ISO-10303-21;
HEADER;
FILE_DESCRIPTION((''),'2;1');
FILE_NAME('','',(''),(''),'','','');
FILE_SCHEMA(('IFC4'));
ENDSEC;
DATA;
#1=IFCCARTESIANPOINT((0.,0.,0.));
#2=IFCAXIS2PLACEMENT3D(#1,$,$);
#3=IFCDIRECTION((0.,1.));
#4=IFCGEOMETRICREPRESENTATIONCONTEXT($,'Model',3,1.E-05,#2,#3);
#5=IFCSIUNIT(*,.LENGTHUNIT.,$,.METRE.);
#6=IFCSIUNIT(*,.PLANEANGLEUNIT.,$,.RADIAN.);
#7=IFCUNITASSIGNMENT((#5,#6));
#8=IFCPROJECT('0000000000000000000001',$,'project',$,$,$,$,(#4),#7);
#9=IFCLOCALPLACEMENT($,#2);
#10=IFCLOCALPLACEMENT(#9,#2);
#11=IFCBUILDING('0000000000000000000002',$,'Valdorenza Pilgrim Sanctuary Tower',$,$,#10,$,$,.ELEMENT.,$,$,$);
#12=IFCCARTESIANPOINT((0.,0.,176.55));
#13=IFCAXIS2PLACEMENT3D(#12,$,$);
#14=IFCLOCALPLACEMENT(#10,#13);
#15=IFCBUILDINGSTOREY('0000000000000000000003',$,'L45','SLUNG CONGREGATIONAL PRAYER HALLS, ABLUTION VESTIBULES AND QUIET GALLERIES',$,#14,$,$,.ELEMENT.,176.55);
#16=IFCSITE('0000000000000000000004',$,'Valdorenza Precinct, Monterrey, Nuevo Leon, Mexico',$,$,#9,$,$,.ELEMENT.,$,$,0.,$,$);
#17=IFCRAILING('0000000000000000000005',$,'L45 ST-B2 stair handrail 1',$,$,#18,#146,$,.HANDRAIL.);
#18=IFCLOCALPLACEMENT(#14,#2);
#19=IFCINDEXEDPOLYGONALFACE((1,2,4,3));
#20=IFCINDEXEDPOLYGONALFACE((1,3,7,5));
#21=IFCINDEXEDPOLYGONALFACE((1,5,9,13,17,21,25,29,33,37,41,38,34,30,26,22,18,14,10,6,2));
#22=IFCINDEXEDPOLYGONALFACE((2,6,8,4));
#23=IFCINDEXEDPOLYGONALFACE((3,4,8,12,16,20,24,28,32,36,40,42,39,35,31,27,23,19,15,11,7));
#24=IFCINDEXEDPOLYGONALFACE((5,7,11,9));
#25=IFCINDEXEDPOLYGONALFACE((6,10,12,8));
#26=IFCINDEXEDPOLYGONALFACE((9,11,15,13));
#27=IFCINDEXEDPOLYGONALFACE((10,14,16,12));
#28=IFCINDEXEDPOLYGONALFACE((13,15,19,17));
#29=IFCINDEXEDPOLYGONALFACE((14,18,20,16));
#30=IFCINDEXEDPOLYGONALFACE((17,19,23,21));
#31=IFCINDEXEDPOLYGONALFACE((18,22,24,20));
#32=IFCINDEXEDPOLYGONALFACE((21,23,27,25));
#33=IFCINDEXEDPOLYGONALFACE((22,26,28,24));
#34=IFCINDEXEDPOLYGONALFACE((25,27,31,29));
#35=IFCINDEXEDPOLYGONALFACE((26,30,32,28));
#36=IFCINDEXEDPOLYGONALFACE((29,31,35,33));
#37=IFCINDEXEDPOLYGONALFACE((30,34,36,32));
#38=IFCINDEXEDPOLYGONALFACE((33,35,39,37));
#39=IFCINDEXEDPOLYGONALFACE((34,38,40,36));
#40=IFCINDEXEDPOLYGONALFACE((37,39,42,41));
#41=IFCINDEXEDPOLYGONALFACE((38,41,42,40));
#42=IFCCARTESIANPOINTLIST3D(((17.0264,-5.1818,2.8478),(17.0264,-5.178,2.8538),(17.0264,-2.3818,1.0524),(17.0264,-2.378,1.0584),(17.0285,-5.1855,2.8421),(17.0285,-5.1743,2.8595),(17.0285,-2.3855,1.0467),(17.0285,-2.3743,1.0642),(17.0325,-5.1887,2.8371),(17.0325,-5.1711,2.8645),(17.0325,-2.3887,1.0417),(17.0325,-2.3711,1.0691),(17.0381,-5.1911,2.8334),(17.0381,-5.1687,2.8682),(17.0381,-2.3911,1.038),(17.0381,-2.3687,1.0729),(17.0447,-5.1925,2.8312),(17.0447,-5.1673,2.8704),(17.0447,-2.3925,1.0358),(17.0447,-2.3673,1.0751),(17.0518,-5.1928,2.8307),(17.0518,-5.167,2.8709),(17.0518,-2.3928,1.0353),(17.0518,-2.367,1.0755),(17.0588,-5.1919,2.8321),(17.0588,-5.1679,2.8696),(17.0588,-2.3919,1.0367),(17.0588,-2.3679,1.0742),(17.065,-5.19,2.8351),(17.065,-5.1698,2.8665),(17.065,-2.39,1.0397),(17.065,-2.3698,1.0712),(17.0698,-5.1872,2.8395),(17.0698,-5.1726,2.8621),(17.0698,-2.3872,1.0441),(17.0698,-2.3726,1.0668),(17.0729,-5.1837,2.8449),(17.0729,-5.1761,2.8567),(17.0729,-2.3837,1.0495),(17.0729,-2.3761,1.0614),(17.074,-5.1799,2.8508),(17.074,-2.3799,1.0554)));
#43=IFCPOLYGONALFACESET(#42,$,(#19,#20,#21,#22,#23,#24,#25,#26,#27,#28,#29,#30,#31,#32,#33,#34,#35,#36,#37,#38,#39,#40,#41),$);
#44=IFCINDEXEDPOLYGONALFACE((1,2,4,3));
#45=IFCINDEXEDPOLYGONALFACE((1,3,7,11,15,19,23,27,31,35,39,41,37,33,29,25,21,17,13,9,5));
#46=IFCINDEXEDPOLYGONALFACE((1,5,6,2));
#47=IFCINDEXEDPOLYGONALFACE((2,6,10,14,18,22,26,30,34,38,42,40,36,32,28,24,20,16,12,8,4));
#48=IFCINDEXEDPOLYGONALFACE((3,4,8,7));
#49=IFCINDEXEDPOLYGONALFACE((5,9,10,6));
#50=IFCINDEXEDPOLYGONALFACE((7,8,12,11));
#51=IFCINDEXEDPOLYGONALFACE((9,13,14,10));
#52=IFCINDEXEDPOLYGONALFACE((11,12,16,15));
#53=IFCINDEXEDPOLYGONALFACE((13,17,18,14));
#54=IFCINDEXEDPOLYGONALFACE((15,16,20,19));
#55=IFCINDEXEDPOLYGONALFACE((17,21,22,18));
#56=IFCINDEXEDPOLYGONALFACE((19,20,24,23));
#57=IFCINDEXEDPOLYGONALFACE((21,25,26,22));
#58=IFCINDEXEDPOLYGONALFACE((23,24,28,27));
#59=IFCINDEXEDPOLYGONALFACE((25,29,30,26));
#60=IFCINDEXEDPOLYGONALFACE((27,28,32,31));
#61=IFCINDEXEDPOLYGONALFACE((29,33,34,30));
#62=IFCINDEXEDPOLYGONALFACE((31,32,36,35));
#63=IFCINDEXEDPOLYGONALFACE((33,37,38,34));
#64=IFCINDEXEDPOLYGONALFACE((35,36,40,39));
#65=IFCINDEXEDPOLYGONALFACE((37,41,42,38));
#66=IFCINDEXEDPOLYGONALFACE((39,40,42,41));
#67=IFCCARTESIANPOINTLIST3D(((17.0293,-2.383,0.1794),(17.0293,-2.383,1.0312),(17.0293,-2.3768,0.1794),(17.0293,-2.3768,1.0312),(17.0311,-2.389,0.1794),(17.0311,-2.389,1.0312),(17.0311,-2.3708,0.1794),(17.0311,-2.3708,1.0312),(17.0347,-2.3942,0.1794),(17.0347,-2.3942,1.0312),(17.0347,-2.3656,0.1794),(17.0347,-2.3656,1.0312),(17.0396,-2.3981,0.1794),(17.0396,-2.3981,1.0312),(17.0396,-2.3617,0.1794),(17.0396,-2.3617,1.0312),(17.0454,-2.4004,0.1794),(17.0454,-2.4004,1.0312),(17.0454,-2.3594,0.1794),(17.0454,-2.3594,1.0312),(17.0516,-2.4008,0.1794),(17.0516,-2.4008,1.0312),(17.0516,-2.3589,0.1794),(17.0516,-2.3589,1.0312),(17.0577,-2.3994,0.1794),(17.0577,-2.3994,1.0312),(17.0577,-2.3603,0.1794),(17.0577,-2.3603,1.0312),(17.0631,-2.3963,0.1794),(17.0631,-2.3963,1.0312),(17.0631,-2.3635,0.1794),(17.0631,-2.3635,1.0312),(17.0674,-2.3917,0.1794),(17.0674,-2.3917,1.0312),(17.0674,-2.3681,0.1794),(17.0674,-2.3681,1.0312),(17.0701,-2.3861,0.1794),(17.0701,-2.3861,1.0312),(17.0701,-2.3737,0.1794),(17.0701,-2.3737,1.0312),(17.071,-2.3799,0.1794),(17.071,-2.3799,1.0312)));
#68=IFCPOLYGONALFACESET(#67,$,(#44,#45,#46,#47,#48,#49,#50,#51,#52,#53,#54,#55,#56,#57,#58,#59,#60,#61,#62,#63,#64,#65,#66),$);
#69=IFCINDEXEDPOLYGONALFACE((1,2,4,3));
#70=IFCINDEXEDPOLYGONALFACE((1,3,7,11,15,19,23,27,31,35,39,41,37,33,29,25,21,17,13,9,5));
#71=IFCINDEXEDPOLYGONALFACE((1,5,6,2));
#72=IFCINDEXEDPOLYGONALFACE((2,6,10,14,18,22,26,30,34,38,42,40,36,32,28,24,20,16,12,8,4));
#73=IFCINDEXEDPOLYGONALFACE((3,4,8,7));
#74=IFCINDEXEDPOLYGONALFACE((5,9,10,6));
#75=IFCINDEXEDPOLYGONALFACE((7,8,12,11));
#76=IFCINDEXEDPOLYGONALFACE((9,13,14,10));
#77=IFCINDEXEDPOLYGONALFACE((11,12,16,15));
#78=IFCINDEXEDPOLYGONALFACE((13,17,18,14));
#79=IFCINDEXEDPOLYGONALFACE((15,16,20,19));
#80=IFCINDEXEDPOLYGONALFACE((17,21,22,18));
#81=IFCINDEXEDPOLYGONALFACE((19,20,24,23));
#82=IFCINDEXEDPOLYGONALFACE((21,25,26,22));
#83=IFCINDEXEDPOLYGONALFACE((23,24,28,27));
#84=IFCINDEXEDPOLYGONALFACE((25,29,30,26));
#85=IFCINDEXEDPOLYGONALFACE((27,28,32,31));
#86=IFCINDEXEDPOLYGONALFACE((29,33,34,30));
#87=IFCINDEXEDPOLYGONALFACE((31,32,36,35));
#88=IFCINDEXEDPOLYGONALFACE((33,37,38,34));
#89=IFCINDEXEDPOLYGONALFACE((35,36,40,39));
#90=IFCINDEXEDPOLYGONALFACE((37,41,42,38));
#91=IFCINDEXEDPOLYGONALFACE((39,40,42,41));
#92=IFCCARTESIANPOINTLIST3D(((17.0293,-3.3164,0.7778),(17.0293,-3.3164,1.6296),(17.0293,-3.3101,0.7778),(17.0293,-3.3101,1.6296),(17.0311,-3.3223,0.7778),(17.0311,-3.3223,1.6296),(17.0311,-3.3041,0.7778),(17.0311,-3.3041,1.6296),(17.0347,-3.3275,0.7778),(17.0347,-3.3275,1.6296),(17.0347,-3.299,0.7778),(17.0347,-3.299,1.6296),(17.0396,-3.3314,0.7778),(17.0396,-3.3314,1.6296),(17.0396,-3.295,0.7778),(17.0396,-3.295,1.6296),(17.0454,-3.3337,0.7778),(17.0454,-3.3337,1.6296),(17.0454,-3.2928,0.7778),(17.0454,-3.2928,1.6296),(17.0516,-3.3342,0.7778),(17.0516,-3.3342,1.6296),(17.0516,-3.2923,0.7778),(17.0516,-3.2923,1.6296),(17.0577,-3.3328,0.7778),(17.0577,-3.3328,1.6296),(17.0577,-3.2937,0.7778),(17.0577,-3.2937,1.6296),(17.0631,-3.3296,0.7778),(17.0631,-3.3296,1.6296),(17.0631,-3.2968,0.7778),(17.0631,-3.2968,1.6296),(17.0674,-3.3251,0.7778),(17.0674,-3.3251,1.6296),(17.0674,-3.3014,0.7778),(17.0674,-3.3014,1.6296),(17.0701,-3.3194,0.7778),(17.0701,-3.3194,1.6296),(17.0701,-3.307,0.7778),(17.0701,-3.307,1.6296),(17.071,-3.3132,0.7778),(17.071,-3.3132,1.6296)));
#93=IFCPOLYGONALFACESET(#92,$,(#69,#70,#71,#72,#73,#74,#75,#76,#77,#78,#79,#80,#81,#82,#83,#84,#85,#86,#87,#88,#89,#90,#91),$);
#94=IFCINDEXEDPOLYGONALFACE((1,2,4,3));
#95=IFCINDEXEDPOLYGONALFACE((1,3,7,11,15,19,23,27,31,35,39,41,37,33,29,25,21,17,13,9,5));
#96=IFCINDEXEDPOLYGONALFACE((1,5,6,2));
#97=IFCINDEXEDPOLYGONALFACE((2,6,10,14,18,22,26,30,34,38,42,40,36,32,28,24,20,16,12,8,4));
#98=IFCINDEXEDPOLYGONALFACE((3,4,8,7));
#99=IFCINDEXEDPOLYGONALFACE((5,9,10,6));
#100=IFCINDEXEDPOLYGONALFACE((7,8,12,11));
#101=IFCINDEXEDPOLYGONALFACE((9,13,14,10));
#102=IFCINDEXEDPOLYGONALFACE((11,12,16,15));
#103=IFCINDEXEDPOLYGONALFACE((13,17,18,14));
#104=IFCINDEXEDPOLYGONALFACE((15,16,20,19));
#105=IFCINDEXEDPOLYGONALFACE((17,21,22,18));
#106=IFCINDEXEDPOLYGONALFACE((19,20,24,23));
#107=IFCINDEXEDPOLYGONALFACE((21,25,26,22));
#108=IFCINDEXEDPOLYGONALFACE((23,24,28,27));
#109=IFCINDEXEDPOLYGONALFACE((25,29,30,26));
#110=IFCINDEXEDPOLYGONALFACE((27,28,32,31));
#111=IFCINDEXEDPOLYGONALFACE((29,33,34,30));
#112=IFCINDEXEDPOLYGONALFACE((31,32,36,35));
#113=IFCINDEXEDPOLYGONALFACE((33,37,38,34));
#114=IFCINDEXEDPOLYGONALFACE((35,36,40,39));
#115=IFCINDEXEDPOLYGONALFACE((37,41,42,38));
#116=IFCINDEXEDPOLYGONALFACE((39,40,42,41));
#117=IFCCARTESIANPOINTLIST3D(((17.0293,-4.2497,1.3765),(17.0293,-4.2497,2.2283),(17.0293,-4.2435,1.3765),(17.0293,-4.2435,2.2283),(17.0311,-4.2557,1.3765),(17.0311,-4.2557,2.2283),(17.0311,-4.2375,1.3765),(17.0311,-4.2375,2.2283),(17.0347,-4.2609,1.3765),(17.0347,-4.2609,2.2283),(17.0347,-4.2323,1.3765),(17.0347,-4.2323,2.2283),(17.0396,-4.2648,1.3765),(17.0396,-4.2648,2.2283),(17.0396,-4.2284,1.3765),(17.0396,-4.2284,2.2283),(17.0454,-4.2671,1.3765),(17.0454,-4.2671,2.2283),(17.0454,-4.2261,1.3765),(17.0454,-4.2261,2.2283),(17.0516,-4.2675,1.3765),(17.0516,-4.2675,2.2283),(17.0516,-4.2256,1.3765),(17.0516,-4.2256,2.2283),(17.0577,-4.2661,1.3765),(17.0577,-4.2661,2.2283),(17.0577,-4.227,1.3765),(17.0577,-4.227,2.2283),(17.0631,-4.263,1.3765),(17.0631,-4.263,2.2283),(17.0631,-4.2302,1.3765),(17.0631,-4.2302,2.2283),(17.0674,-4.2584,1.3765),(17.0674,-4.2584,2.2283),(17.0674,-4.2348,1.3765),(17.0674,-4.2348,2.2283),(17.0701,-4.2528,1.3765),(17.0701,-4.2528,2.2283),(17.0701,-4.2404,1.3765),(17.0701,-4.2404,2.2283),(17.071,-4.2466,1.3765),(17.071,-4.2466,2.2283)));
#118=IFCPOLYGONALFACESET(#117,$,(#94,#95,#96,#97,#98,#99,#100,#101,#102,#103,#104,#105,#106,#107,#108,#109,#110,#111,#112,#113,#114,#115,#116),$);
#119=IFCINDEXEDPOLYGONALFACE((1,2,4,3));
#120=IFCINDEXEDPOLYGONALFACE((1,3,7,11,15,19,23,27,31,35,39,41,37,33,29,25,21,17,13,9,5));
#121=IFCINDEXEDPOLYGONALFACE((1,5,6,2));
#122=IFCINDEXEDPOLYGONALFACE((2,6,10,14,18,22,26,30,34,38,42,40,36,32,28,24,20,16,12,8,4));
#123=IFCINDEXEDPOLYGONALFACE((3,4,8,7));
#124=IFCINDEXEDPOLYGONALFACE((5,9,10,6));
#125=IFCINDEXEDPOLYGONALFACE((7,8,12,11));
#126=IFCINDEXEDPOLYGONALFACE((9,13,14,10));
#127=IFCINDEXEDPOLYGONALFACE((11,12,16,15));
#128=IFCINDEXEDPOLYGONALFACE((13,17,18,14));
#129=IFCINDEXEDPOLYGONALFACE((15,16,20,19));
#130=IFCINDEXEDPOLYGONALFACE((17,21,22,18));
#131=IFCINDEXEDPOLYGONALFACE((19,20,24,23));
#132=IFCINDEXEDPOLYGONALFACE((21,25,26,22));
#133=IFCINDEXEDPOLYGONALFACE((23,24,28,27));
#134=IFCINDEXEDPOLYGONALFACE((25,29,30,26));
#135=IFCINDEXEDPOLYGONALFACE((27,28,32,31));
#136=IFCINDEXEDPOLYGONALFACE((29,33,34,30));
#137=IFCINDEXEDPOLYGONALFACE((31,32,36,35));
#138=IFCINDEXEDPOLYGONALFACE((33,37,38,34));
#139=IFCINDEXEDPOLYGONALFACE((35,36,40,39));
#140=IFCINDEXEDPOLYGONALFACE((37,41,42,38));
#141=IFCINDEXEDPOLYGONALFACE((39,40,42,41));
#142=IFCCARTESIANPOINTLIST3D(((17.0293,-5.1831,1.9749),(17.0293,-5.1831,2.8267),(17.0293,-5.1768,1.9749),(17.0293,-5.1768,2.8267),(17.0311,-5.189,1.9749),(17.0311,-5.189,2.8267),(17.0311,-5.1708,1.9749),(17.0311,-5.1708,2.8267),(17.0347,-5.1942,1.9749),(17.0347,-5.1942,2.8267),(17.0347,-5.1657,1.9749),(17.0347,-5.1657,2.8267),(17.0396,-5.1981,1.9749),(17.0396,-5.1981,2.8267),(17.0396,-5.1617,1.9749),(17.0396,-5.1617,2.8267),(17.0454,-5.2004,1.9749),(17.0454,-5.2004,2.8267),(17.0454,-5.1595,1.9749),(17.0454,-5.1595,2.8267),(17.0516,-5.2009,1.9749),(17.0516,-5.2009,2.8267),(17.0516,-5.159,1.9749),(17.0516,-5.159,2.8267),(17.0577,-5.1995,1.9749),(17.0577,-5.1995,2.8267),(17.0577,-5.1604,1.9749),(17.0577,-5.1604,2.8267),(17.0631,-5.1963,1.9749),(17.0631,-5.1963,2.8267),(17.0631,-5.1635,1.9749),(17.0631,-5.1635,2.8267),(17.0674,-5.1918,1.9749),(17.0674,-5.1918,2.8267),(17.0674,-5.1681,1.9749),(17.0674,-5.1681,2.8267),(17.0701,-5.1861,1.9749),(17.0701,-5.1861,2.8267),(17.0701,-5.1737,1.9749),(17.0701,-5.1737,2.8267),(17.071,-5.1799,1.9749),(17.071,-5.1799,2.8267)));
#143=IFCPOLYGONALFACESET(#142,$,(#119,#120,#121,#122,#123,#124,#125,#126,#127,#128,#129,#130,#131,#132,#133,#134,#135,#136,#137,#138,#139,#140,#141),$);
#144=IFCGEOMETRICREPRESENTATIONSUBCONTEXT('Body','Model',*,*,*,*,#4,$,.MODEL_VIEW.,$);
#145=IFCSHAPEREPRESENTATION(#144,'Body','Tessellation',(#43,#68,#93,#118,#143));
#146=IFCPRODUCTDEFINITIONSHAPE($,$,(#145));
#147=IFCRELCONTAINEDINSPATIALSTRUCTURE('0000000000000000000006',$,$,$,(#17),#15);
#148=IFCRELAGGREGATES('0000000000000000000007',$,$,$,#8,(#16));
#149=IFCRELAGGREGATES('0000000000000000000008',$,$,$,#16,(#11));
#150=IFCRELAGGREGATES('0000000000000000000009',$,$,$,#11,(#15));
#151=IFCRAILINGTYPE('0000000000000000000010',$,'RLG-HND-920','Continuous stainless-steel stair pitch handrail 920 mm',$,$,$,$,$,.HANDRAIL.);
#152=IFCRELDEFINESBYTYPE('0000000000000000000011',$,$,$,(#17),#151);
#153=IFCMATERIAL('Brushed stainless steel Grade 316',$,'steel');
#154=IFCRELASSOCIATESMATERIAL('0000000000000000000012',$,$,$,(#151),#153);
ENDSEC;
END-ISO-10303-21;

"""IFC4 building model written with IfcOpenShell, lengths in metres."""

from ifc_helpers import new_model, si_unit, direction, frame, origin, origin_2d, place, context, subcontext, project, spatial, circle, extrude, material, type_object, element, save


model = new_model("IFC4")

# Units and contexts
model_context = context("Model", 3, precision=1e-05, world=origin(), true_north=direction((0.0, 1.0)))
body_context = subcontext(model_context, "Body", "Model", "MODEL_VIEW")
ifc_project = project(units=[si_unit("LENGTHUNIT", "METRE"), si_unit("PLANEANGLEUNIT", "RADIAN")], contexts=[model_context])

# Site, building, storey
site_placement = place(None, origin())
site = spatial("IfcSite", under=ifc_project, at=site_placement, Name="Valdorenza Precinct, Monterrey, Nuevo Leon, Mexico", CompositionType="ELEMENT", RefElevation=0.0)
building_placement = place(site_placement, origin())
building = spatial("IfcBuilding", under=site, at=building_placement, Name="Valdorenza Pilgrim Sanctuary Tower", CompositionType="ELEMENT")
storey_placement = place(building_placement, frame((0.0, 0.0, 176.55)))
storey = spatial("IfcBuildingStorey", under=building, at=storey_placement, Name="L45", Description="SLUNG CONGREGATIONAL PRAYER HALLS, ABLUTION VESTIBULES AND QUIET GALLERIES", CompositionType="ELEMENT", Elevation=176.55)

# Railing
ifc_material_1 = material(Name="Brushed stainless steel Grade 316", Category="steel")
railing_type_1 = type_object("IfcRailingType", Name="RLG-HND-920", Description="Continuous stainless-steel stair pitch handrail 920 mm", PredefinedType="HANDRAIL", material=ifc_material_1)
railing_1_placement = place(storey_placement, frame((17.05, -2.3799, 0.1794)))
element("IfcRailing", 1, at=railing_1_placement, inside=storey, type_object=railing_type_1, Name="L45 ST-B2 stair handrail 1", PredefinedType="HANDRAIL", context=body_context, shape_type="SweptSolid", body=[
    extrude(circle(Radius=0.0239, at=origin_2d()), frame((0.0, 0.0, 0.876), z_axis=(0.0, -0.84181, 0.539774), x_axis=(1.0, 0.0, 0.0)), (0.0, 0.0, 1.0), 3.3262),
    extrude(circle(Radius=0.021, at=origin_2d()), origin(), (0.0, 0.0, 1.0), 0.8518),
    extrude(circle(Radius=0.021, at=origin_2d()), frame((0.0, -0.9333, 0.5984)), (0.0, 0.0, 1.0), 0.8518),
    extrude(circle(Radius=0.021, at=origin_2d()), frame((0.0, -1.8667, 1.197)), (0.0, 0.0, 1.0), 0.8518),
    extrude(circle(Radius=0.021, at=origin_2d()), frame((0.0, -2.8, 1.7954)), (0.0, 0.0, 1.0), 0.8518),
])

save(model, "model.ifc")
